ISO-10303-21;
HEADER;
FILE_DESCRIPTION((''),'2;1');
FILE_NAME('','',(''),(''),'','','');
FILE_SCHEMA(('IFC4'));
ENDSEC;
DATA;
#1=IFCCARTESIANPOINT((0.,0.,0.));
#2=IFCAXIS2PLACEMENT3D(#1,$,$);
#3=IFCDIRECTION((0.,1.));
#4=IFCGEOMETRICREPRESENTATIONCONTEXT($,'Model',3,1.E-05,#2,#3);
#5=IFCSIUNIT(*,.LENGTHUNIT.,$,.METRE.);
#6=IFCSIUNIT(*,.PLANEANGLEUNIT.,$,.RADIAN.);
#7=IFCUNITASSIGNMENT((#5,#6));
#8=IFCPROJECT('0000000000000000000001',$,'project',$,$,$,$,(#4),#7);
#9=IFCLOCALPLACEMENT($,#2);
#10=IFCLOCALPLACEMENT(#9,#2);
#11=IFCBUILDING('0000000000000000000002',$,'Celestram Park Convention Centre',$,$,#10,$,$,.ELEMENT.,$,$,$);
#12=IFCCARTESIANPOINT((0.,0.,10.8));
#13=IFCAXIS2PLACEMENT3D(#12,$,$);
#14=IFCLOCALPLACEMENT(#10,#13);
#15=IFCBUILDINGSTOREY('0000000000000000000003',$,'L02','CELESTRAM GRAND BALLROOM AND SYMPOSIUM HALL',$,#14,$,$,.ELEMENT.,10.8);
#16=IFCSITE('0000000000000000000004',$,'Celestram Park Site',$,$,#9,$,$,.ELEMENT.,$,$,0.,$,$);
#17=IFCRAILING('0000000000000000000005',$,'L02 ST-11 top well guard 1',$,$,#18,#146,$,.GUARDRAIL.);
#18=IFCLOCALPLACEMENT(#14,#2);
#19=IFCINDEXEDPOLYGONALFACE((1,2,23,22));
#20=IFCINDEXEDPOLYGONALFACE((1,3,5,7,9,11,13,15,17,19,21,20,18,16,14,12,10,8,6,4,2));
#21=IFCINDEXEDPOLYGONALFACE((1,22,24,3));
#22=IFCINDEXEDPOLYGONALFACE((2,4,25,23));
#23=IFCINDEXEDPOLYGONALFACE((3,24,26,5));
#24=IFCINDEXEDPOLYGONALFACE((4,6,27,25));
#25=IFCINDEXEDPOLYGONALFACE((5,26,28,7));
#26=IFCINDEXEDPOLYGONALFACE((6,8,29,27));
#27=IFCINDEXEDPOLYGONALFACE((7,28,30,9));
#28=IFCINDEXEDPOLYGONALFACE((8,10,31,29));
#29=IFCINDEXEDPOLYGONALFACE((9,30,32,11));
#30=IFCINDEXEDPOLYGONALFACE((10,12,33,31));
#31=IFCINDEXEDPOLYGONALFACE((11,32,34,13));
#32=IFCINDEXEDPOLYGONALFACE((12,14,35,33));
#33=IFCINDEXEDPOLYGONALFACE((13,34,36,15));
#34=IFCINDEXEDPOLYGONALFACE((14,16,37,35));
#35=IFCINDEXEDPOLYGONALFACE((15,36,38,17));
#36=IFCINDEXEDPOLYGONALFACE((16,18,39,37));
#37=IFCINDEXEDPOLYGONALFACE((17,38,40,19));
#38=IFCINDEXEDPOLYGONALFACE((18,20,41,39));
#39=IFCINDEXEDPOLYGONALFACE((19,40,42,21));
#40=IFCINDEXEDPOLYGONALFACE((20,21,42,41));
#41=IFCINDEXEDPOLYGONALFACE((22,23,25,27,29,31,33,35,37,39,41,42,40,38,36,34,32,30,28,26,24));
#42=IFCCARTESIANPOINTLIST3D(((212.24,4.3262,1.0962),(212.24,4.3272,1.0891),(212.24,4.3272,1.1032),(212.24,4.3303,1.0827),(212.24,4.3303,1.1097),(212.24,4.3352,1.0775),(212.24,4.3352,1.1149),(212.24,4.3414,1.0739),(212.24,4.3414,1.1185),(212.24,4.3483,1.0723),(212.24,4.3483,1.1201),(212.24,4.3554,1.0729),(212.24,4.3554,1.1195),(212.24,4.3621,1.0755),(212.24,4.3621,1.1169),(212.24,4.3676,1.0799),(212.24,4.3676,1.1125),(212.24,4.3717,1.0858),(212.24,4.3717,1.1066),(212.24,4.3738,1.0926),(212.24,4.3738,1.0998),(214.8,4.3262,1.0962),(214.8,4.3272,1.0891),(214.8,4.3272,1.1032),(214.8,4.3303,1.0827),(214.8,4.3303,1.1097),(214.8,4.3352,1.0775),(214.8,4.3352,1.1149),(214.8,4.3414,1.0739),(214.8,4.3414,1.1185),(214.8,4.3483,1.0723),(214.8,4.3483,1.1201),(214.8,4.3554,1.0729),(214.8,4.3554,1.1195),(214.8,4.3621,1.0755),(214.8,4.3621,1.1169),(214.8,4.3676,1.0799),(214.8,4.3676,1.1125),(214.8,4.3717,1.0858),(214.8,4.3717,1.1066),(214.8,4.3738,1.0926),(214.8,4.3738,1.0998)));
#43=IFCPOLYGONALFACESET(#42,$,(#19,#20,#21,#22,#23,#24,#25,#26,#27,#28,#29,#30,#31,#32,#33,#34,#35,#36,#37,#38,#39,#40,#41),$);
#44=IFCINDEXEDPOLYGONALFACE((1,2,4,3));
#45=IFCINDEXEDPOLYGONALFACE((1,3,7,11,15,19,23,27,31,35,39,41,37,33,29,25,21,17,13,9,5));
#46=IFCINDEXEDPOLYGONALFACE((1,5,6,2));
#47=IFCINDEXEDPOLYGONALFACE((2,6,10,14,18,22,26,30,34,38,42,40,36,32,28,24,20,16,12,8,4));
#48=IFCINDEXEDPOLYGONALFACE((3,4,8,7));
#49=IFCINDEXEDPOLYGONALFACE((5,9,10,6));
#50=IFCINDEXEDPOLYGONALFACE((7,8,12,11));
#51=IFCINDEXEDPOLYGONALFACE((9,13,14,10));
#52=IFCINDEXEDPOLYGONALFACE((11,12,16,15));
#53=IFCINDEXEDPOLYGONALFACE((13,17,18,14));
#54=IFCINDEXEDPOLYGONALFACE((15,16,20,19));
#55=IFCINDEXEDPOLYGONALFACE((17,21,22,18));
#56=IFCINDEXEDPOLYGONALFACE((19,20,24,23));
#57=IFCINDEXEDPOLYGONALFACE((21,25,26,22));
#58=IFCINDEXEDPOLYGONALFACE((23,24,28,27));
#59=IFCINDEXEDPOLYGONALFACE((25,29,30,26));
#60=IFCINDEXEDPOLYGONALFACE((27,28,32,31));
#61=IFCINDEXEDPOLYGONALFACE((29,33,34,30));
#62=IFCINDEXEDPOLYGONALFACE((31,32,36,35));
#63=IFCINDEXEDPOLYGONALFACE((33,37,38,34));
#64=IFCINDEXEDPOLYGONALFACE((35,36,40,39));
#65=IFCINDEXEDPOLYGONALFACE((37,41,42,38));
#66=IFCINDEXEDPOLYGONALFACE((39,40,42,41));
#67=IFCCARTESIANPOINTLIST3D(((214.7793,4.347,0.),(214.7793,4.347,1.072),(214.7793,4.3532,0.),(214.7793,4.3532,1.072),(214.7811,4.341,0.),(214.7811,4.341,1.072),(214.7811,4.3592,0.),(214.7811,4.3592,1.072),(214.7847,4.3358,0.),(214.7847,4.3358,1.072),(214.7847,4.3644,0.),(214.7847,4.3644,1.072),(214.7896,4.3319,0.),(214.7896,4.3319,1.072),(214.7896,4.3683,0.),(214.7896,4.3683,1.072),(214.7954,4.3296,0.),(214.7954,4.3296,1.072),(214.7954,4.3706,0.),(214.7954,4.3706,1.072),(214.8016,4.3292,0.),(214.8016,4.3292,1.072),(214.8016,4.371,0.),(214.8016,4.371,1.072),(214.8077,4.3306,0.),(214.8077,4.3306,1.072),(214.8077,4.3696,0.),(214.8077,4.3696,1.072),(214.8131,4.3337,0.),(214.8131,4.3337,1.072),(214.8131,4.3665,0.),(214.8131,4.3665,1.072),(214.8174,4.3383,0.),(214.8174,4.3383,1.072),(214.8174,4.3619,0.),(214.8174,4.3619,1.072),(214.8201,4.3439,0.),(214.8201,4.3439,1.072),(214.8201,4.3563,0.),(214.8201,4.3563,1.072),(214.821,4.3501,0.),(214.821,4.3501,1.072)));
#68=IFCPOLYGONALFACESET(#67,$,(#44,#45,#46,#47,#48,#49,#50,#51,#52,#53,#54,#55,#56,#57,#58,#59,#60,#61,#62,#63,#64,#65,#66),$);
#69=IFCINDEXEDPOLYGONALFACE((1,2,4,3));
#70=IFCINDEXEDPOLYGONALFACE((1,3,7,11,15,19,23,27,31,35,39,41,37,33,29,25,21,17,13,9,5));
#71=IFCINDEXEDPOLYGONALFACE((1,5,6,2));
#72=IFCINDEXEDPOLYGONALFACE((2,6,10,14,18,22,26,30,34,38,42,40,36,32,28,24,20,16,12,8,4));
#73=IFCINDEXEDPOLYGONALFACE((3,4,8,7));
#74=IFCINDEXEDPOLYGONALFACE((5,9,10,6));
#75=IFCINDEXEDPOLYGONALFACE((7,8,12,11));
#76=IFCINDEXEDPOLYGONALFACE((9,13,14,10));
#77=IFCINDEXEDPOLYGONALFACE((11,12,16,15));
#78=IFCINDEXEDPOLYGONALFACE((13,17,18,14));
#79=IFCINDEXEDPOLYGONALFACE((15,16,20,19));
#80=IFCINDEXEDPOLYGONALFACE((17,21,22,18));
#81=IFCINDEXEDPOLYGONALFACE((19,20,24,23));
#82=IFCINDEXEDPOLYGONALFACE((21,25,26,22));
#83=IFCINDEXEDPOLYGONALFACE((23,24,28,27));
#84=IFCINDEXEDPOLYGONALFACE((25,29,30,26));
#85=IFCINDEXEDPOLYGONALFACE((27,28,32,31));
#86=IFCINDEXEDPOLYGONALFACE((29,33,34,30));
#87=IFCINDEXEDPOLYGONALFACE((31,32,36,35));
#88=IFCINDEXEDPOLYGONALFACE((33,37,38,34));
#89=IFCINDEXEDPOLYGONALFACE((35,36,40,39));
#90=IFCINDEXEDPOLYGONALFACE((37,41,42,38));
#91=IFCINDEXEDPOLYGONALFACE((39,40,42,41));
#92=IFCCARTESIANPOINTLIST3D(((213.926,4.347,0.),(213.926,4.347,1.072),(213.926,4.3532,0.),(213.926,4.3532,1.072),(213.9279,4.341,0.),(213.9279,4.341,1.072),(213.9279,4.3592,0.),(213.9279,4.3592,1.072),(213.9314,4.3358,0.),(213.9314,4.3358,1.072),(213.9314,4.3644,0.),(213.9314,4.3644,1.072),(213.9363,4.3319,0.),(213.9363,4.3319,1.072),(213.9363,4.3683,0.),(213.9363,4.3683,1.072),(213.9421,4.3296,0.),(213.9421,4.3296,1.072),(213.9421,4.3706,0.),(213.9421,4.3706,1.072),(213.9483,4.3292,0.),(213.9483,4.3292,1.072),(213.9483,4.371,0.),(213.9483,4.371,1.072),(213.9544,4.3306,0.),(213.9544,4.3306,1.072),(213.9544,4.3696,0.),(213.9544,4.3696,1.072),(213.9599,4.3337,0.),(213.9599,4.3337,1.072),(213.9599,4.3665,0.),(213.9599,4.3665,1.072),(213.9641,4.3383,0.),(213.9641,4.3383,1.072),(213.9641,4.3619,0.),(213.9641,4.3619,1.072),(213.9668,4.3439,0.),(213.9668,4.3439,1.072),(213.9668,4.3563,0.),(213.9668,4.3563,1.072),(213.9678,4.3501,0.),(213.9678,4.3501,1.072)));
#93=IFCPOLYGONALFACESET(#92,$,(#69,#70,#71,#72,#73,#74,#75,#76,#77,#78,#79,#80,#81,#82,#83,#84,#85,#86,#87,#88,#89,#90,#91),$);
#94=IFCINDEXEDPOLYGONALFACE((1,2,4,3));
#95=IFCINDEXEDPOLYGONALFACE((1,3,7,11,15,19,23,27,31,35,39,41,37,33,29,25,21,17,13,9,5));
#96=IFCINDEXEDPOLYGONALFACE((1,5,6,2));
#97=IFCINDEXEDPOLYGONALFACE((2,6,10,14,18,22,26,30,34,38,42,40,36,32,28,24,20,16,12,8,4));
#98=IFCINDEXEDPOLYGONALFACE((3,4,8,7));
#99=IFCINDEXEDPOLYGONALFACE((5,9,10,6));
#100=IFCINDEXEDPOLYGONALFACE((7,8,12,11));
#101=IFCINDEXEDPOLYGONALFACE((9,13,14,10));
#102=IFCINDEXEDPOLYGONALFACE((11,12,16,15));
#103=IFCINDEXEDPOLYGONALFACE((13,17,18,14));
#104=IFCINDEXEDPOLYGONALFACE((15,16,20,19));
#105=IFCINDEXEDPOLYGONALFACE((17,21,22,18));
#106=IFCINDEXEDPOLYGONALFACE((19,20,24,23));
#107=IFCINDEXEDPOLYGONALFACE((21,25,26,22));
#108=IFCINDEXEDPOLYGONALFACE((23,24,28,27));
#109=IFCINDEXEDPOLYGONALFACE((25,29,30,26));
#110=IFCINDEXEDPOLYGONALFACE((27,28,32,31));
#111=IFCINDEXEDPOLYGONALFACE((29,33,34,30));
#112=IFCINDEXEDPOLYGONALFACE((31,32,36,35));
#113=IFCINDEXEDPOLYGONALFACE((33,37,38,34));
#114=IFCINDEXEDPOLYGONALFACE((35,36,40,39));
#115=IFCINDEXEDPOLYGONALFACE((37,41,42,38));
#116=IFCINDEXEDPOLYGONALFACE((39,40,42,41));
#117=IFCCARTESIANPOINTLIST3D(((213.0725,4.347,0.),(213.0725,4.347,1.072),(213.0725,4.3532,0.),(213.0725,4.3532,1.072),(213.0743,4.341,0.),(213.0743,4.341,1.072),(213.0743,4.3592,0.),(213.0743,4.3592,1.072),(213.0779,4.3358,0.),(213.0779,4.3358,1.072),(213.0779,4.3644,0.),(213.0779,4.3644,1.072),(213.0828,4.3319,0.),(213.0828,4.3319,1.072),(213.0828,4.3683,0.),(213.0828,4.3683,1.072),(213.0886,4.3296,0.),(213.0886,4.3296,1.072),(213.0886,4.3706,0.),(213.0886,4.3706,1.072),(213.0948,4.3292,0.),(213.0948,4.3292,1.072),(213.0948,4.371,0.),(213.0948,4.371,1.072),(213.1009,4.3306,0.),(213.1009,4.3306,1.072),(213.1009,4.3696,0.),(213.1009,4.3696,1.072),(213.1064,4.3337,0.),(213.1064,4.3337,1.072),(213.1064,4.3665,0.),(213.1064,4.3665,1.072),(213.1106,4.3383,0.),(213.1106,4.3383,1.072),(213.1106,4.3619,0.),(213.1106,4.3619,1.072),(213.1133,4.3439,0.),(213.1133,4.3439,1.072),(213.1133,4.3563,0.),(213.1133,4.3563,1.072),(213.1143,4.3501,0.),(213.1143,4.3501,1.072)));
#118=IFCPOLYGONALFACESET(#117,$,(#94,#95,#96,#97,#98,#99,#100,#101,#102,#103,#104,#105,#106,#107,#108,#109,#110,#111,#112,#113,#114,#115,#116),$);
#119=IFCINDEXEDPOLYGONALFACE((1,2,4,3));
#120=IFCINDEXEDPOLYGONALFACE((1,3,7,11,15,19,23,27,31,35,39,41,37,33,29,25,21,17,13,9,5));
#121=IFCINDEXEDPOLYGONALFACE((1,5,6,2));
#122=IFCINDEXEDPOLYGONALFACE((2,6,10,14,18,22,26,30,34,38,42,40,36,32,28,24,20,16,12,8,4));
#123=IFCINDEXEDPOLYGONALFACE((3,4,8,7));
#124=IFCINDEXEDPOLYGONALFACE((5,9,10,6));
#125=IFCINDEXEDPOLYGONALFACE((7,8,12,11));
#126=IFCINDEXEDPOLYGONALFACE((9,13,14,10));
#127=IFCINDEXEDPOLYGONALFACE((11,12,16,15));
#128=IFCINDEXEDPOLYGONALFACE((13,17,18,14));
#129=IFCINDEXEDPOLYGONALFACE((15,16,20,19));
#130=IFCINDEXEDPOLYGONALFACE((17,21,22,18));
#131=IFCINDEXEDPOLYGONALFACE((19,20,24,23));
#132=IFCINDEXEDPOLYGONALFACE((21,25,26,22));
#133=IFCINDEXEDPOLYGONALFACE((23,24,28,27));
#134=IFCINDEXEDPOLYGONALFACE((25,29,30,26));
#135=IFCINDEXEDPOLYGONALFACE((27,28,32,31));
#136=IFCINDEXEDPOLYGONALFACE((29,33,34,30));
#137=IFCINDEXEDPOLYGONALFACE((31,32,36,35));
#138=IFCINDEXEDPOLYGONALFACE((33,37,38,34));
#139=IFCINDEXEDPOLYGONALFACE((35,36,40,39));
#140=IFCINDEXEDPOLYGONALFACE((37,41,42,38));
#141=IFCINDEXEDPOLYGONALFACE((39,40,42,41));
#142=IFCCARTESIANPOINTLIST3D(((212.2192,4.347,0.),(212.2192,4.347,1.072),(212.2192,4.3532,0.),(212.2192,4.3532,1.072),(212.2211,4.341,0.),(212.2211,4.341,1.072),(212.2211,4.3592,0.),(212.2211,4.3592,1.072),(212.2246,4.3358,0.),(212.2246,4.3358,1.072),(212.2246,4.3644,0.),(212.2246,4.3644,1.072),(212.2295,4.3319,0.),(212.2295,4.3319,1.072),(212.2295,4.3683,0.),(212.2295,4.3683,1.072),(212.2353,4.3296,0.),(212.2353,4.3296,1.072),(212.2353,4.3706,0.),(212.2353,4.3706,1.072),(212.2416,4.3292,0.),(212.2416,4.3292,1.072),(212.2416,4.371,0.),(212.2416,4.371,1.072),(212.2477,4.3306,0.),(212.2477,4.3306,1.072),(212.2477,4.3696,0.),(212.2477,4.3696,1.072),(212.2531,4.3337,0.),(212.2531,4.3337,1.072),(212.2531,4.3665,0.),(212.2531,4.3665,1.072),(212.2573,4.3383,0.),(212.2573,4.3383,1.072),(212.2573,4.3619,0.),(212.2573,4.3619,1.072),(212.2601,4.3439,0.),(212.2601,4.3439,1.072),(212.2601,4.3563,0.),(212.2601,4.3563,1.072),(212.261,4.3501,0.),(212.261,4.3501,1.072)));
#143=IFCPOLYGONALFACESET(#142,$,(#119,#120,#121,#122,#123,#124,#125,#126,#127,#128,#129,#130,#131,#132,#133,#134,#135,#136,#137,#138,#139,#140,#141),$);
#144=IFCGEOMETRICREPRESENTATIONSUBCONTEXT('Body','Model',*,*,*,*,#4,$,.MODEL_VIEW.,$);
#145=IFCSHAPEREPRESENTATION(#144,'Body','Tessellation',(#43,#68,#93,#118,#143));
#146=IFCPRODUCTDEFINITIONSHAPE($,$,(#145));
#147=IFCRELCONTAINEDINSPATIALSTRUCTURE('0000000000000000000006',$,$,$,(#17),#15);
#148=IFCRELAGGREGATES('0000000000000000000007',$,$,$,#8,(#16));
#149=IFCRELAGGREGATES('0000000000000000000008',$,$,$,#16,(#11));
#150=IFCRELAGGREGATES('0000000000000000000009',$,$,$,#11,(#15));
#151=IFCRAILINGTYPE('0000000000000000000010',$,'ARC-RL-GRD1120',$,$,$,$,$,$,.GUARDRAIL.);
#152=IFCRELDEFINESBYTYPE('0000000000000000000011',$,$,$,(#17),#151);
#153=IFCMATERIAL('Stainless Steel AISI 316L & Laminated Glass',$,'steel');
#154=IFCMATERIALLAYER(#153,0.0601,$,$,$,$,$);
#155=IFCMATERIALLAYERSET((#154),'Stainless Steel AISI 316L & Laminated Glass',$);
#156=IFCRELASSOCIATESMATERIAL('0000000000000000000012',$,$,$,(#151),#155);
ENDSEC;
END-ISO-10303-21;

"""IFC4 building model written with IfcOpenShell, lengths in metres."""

from ifc_helpers import new_model, si_unit, direction, frame, origin, origin_2d, place, context, subcontext, project, spatial, circle, extrude, material, layer, layer_set, type_object, element, save


model = new_model("IFC4")

# Units and contexts
model_context = context("Model", 3, precision=1e-05, world=origin(), true_north=direction((0.0, 1.0)))
body_context = subcontext(model_context, "Body", "Model", "MODEL_VIEW")
ifc_project = project(units=[si_unit("LENGTHUNIT", "METRE"), si_unit("PLANEANGLEUNIT", "RADIAN")], contexts=[model_context])

# Site, building, storey
site_placement = place(None, origin())
site = spatial("IfcSite", under=ifc_project, at=site_placement, Name="Celestram Park Site", CompositionType="ELEMENT", RefElevation=0.0)
building_placement = place(site_placement, origin())
building = spatial("IfcBuilding", under=site, at=building_placement, Name="Celestram Park Convention Centre", CompositionType="ELEMENT")
storey_placement = place(building_placement, frame((0.0, 0.0, 10.8)))
storey = spatial("IfcBuildingStorey", under=building, at=storey_placement, Name="L02", Description="CELESTRAM GRAND BALLROOM AND SYMPOSIUM HALL", CompositionType="ELEMENT", Elevation=10.8)

# Railing
ifc_material_1 = material(Name="Stainless Steel AISI 316L & Laminated Glass", Category="steel")
ifc_layer_1 = layer(ifc_material_1, 0.0601)
ifc_layer_set_1 = layer_set([ifc_layer_1], Name="Stainless Steel AISI 316L & Laminated Glass")
railing_type = type_object("IfcRailingType", Name="ARC-RL-GRD1120", PredefinedType="GUARDRAIL", material=ifc_layer_set_1)
railing_placement = place(storey_placement, frame((214.8, 4.3501, 0.0)))
element("IfcRailing", 1, at=railing_placement, inside=storey, type_object=railing_type, Name="L02 ST-11 top well guard 1", PredefinedType="GUARDRAIL", context=body_context, shape_type="SweptSolid", body=[
    extrude(circle(Radius=0.0239, at=origin_2d()), frame((0.0, 0.0, 1.0962), z_axis=(-1.0, 0.0, 0.0), x_axis=(0.0, -1.0, 0.0)), (0.0, 0.0, 1.0), 2.5601),
    extrude(circle(Radius=0.021, at=origin_2d()), origin(), (0.0, 0.0, 1.0), 1.072),
    extrude(circle(Radius=0.021, at=origin_2d()), frame((-0.8533, 0.0, 0.0)), (0.0, 0.0, 1.0), 1.072),
    extrude(circle(Radius=0.021, at=origin_2d()), frame((-1.7068, 0.0, 0.0)), (0.0, 0.0, 1.0), 1.072),
    extrude(circle(Radius=0.021, at=origin_2d()), frame((-2.5601, 0.0, 0.0)), (0.0, 0.0, 1.0), 1.072),
])

save(model, "model.ifc")
